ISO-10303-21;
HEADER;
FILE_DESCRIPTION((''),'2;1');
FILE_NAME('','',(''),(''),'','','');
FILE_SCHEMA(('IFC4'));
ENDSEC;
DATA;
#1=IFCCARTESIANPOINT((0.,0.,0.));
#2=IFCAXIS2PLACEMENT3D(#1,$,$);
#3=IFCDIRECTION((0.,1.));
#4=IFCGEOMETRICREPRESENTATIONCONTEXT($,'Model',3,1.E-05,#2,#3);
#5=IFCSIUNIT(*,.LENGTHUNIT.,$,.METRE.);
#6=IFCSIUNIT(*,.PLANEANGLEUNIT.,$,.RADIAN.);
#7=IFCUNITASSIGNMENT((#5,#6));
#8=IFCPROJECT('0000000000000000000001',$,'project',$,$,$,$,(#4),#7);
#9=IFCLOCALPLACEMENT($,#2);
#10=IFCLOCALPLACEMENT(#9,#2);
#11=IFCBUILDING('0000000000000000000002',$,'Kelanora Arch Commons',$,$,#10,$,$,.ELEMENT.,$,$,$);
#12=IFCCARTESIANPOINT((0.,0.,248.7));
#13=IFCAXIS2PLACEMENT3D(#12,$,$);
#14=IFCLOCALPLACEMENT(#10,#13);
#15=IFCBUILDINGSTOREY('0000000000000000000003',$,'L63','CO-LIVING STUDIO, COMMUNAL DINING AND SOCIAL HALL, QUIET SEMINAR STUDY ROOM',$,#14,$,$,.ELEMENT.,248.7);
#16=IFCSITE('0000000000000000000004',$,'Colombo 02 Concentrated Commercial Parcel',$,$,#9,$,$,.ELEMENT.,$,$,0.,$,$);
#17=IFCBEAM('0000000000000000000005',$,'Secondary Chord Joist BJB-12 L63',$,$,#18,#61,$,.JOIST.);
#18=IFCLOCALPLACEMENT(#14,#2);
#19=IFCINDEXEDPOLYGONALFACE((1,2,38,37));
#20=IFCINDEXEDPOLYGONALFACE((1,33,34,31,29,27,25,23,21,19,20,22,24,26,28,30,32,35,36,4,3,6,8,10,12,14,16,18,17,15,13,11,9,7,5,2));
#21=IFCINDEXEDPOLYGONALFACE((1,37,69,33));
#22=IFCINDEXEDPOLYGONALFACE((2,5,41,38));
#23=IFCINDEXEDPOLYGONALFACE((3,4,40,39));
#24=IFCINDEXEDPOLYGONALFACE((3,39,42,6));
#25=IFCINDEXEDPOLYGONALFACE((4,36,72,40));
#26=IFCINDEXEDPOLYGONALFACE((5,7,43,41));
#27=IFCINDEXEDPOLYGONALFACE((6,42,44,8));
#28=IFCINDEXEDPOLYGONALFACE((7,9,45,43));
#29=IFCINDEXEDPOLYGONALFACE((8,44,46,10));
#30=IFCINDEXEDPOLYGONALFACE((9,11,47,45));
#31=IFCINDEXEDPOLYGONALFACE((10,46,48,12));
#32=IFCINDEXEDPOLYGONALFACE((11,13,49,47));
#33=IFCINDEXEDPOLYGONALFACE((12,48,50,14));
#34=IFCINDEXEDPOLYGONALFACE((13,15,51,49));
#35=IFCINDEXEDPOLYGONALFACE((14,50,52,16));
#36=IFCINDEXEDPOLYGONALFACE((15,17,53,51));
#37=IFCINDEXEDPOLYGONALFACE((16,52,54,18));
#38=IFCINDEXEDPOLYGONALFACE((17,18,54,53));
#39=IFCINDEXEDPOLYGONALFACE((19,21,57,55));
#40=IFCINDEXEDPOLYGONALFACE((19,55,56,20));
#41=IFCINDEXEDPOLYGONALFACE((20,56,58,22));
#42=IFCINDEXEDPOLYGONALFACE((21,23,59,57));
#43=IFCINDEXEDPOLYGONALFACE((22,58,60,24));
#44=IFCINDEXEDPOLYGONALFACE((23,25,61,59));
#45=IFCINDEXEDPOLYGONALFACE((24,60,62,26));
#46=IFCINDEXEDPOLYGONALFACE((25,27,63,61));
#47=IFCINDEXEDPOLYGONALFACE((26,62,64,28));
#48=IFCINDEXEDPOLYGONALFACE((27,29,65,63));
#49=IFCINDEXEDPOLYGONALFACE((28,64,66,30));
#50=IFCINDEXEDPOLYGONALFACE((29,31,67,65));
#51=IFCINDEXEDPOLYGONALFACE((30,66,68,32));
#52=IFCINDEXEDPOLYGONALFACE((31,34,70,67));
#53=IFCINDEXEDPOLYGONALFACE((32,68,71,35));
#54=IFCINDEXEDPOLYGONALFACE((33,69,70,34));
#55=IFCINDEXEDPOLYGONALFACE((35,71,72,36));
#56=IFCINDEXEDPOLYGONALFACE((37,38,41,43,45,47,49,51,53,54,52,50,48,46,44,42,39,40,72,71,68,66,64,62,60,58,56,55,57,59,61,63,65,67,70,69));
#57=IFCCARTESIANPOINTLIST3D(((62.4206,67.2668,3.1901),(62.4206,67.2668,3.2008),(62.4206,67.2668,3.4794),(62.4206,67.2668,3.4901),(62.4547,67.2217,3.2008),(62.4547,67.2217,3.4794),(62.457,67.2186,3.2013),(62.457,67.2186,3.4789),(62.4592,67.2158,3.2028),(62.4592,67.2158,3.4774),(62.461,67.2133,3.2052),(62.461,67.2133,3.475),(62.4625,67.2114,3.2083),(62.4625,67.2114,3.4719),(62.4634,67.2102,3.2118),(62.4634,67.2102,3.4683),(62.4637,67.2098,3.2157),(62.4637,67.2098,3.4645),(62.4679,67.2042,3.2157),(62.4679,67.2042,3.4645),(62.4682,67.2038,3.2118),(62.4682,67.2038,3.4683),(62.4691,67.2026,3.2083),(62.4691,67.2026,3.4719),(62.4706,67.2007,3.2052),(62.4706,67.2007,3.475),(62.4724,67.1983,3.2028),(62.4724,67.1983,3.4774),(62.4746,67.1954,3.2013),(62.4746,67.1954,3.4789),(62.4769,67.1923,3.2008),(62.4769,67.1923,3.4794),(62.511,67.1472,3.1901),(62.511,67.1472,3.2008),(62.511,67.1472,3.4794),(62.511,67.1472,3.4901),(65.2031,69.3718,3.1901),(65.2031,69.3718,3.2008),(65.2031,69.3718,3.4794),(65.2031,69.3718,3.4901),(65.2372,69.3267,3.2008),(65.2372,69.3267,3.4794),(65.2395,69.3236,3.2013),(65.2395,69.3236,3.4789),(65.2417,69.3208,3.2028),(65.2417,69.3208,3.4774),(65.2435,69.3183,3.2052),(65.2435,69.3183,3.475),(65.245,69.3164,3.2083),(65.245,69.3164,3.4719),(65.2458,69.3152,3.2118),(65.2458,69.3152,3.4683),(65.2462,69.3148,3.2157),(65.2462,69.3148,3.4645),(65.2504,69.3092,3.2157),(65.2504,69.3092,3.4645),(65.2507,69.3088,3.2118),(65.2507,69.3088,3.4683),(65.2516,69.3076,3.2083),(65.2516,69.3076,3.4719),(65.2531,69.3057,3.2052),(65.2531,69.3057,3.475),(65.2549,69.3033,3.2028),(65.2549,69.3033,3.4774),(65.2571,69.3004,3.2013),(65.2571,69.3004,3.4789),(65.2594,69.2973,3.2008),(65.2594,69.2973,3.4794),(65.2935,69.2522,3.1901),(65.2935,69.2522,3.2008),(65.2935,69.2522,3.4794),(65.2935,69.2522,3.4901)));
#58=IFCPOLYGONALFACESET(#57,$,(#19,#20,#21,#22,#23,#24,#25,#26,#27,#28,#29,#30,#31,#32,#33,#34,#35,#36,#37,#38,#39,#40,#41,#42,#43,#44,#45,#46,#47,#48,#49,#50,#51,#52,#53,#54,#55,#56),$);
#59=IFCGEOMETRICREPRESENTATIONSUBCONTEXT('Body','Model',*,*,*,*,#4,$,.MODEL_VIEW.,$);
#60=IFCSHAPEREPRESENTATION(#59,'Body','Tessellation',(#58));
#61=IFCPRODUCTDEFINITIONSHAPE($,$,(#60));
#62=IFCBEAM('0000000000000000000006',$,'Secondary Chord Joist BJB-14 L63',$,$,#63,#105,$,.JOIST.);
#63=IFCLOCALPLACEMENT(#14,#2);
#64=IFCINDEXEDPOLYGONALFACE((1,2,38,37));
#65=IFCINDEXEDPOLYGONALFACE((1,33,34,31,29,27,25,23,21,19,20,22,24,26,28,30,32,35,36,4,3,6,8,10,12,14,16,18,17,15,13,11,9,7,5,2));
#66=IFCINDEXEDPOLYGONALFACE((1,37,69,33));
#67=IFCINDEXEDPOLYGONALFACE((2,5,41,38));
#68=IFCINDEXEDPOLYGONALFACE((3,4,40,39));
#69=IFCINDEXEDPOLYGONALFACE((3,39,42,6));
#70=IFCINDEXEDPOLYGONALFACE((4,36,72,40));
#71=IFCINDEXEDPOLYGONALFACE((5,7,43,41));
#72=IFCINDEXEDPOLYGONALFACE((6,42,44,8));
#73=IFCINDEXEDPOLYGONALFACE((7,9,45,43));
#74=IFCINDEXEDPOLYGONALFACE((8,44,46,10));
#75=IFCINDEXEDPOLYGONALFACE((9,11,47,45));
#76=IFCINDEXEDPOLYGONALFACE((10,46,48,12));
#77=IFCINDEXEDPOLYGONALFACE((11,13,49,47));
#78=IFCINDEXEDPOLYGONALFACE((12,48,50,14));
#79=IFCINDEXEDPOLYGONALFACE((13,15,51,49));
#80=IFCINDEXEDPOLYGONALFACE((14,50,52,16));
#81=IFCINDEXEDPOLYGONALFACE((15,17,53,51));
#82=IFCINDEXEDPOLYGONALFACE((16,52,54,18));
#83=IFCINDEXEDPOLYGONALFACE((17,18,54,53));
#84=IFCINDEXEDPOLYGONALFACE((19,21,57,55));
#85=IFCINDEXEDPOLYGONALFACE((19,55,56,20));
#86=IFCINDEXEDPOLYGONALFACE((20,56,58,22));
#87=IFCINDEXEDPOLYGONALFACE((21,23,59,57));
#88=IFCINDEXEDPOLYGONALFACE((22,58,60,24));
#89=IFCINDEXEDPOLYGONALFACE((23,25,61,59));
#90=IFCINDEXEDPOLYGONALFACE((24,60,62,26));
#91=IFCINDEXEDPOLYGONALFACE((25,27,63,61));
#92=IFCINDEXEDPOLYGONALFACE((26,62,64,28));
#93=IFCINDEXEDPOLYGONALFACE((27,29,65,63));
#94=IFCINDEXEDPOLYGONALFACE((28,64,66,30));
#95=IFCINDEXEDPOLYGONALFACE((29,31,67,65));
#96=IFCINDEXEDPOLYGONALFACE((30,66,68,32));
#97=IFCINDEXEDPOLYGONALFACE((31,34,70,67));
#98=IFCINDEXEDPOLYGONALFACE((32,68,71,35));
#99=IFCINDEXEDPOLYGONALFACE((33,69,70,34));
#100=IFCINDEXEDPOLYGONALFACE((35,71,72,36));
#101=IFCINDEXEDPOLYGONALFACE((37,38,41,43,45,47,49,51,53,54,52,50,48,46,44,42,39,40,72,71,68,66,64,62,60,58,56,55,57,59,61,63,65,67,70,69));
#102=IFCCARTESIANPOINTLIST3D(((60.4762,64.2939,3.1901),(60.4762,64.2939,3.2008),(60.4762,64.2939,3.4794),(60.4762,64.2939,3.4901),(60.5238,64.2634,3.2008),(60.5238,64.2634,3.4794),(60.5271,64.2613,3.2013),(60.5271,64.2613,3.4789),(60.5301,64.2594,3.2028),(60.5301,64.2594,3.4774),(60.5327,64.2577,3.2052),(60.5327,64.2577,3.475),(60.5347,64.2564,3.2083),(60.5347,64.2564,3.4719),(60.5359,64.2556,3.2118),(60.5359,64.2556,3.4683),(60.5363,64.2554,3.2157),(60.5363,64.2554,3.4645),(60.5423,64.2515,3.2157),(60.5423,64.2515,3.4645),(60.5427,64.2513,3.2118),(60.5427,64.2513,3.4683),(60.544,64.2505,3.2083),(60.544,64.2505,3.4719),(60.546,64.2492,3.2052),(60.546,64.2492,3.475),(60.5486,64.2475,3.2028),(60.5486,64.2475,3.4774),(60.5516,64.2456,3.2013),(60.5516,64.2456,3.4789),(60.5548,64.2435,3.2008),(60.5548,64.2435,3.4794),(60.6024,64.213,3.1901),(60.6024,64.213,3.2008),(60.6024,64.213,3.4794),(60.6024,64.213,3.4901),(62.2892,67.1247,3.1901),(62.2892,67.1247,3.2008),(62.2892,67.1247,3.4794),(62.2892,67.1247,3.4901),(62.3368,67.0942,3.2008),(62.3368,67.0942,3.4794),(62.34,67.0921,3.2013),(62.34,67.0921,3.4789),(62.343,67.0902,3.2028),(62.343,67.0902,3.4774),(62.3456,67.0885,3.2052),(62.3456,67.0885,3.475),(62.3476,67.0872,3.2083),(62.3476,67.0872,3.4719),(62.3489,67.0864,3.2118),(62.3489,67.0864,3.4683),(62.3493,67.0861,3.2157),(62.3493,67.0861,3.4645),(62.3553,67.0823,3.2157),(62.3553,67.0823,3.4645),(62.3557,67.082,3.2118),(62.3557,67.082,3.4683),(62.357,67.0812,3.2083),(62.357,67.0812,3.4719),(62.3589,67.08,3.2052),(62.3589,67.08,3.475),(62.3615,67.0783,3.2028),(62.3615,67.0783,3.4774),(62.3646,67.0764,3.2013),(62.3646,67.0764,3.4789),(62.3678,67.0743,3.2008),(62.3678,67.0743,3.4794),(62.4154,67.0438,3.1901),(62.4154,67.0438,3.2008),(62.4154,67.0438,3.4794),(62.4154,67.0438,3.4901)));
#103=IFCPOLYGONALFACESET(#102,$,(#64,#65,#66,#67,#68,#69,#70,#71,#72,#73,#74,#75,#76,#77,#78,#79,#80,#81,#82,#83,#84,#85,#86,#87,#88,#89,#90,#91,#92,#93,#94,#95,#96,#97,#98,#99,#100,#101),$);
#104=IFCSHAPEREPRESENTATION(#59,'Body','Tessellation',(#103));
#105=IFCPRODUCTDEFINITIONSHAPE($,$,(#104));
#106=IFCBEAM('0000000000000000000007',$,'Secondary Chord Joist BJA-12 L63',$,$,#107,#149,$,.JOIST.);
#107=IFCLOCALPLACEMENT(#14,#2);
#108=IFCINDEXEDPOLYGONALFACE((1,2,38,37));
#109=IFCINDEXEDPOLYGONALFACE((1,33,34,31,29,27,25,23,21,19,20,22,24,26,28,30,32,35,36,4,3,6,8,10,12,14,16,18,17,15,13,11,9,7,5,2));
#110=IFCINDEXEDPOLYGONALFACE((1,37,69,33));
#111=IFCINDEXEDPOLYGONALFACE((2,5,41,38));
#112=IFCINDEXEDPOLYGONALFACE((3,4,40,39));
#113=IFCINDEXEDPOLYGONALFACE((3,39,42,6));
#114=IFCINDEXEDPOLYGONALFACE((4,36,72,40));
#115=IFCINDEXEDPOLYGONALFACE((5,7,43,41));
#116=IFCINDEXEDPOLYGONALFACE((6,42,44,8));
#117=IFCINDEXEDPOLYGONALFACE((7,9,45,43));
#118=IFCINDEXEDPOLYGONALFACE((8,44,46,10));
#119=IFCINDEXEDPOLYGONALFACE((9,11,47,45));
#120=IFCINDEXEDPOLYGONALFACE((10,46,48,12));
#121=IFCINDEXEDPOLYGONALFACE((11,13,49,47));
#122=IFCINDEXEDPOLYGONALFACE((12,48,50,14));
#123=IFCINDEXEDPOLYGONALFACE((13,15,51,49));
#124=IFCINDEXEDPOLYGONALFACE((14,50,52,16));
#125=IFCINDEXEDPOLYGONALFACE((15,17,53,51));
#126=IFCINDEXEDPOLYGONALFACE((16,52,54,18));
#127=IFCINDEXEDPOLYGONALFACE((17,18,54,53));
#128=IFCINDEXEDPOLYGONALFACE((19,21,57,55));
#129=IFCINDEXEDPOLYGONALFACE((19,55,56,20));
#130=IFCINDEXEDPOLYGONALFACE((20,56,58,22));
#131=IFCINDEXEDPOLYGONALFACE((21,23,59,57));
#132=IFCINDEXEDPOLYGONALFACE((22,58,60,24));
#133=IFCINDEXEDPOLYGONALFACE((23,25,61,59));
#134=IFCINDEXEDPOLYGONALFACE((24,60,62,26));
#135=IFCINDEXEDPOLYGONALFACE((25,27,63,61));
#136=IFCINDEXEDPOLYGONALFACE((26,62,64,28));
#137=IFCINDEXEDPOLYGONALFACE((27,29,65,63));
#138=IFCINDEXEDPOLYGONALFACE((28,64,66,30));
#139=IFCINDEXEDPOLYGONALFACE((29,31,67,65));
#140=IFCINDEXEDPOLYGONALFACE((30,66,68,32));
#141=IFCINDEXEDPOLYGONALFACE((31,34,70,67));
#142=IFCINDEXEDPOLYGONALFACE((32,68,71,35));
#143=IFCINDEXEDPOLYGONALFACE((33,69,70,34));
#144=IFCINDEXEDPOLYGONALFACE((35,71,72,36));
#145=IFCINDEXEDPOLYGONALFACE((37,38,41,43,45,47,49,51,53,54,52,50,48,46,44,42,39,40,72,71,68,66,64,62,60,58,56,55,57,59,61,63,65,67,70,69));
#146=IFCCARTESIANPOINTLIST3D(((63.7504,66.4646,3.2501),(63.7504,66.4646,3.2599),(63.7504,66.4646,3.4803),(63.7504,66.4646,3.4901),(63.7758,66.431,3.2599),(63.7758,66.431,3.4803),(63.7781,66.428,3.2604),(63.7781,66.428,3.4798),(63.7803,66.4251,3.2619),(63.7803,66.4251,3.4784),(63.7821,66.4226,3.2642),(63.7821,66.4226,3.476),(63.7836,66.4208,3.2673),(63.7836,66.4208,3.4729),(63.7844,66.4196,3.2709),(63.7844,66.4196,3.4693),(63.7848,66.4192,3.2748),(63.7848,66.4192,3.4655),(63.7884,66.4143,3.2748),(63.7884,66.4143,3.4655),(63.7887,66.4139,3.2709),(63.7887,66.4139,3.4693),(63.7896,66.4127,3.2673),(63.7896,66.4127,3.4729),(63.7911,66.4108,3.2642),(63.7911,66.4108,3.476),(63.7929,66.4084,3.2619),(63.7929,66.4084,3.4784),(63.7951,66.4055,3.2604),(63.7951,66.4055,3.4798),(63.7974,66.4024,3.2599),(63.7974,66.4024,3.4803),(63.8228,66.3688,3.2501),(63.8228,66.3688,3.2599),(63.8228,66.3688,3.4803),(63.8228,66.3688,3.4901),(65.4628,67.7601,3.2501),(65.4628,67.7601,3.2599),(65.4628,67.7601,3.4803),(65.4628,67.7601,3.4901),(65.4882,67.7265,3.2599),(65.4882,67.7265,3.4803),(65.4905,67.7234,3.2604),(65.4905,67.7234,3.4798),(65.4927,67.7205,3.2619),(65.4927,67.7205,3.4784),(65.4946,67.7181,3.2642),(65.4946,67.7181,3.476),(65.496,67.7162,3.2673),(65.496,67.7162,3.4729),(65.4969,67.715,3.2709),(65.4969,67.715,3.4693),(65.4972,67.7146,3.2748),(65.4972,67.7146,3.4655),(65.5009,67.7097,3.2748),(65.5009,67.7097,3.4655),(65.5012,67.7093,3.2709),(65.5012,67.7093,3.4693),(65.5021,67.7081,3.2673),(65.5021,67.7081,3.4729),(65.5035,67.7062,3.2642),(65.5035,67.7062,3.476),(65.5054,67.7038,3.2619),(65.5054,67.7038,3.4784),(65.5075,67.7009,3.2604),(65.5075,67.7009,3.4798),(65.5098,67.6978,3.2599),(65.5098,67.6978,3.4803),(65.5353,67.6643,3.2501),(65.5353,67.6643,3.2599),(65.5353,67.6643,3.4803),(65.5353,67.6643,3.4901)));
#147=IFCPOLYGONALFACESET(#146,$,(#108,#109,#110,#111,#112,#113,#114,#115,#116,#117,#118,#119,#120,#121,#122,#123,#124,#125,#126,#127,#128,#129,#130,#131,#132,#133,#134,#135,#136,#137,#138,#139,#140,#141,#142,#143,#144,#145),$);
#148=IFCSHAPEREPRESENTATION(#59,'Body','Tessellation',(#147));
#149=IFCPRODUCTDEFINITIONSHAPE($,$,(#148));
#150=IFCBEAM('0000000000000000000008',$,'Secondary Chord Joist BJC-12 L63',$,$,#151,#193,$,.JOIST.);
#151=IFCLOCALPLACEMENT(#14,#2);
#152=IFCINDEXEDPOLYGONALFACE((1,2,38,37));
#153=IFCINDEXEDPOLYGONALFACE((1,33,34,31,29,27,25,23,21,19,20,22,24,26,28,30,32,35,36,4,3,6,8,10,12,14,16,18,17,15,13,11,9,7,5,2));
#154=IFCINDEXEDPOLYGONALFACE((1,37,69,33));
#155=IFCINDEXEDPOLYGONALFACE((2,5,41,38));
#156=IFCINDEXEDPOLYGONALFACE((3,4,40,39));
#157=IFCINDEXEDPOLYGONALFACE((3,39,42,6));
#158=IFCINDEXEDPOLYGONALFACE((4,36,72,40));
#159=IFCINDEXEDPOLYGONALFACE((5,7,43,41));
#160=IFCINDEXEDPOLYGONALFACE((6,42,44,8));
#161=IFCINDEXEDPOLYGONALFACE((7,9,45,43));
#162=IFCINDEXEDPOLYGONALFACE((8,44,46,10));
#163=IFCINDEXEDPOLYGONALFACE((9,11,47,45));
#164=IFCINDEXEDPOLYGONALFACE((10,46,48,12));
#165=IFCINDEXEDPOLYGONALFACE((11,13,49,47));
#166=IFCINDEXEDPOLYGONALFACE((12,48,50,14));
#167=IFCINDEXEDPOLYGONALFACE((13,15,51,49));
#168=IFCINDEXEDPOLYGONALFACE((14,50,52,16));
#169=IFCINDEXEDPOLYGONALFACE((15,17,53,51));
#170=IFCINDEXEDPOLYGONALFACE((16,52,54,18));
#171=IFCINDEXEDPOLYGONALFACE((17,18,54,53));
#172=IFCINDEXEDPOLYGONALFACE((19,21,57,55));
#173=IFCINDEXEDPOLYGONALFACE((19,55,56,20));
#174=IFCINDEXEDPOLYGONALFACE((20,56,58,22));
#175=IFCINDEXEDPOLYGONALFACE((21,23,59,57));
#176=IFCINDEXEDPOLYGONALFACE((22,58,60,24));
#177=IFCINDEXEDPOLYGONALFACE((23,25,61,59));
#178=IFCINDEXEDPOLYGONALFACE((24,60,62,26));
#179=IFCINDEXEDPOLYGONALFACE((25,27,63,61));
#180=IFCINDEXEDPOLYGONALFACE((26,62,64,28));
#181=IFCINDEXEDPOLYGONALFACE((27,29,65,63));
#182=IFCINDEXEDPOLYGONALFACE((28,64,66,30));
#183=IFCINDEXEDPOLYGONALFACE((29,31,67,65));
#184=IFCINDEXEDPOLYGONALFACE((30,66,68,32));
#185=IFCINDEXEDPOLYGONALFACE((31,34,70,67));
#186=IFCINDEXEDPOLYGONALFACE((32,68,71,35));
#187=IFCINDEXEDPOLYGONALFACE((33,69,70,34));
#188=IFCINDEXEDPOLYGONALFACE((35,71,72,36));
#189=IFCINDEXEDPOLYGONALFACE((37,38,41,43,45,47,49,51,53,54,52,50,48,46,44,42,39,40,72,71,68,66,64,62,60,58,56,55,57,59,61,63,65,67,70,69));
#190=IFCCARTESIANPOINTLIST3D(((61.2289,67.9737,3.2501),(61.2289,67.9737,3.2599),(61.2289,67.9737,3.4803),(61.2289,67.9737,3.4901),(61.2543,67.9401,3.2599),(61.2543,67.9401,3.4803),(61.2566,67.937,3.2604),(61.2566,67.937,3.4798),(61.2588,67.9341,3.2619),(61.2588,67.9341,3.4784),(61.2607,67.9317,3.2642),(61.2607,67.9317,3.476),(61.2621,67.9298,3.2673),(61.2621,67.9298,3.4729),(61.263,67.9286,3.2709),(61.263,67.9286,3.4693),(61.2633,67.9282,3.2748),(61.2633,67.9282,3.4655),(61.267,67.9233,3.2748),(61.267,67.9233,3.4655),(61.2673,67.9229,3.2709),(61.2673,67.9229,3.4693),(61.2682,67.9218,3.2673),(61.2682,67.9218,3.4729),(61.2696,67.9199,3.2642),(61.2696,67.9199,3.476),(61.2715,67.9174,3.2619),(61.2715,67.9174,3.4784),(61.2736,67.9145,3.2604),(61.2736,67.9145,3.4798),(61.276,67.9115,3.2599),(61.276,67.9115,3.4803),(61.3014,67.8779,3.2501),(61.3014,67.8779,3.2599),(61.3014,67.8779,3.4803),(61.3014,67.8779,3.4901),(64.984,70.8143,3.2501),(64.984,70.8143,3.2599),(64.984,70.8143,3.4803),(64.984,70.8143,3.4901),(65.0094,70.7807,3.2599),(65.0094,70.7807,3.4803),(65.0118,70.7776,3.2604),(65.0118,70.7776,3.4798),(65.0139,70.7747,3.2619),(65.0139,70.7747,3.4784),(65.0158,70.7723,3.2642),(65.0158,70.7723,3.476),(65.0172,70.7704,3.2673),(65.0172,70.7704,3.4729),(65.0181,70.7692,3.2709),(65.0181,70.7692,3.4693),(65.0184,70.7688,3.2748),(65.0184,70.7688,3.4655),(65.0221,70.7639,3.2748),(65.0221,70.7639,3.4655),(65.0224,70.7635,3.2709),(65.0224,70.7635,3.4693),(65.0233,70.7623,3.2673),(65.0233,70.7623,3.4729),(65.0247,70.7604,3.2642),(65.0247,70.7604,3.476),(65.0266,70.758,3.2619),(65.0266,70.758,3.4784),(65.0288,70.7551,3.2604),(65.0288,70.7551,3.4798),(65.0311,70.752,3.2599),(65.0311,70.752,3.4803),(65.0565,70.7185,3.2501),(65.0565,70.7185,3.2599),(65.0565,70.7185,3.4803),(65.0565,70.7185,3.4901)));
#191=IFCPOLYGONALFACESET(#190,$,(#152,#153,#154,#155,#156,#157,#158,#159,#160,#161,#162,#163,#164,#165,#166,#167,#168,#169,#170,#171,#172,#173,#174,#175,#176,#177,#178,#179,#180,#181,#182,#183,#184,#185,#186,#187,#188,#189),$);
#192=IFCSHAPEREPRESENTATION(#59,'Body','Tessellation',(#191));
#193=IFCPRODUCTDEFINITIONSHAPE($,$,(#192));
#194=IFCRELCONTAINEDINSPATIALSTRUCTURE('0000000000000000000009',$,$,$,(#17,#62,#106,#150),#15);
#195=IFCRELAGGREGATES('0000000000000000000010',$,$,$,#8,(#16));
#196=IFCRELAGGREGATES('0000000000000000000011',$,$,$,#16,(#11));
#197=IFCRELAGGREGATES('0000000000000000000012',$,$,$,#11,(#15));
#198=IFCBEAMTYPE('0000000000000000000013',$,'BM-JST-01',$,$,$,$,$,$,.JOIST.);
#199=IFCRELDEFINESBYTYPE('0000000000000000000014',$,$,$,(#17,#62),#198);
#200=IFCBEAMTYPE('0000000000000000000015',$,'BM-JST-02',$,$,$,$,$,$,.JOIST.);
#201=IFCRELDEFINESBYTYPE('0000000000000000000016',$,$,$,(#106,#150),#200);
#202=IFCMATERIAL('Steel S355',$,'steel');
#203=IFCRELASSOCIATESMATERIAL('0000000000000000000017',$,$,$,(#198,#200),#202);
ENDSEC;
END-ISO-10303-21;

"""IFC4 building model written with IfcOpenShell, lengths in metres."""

from ifc_helpers import new_model, si_unit, direction, frame, origin, origin_2d, place, context, subcontext, project, spatial, i_section, extrude, material, material_profile, profile_set, type_object, element, save


model = new_model("IFC4")

# Units and contexts
model_context = context("Model", 3, precision=1e-05, world=origin(), true_north=direction((0.0, 1.0)))
body_context = subcontext(model_context, "Body", "Model", "MODEL_VIEW")
ifc_project = project(units=[si_unit("LENGTHUNIT", "METRE"), si_unit("PLANEANGLEUNIT", "RADIAN")], contexts=[model_context])

# Site, building, storey
site_placement = place(None, origin())
site = spatial("IfcSite", under=ifc_project, at=site_placement, Name="Colombo 02 Concentrated Commercial Parcel", CompositionType="ELEMENT", RefElevation=0.0)
building_placement = place(site_placement, origin())
building = spatial("IfcBuilding", under=site, at=building_placement, Name="Kelanora Arch Commons", CompositionType="ELEMENT")
storey_placement = place(building_placement, frame((0.0, 0.0, 248.7)))
storey = spatial("IfcBuildingStorey", under=building, at=storey_placement, Name="L63", Description="CO-LIVING STUDIO, COMMUNAL DINING AND SOCIAL HALL, QUIET SEMINAR STUDY ROOM", CompositionType="ELEMENT", Elevation=248.7)

# Beams
ifc_material_1 = material(Name="Steel S355", Category="steel")
ifc_material_profile_1 = material_profile(ifc_material_1, i_section(OverallWidth=0.1499, OverallDepth=0.3, WebThickness=0.0071, FlangeThickness=0.0107, FilletRadius=0.0149, at=origin_2d()), Name="IPE300")
ifc_profile_set_1 = profile_set([ifc_material_profile_1], Name="Steel S355")
beam_type_1 = type_object("IfcBeamType", Name="BM-JST-01", PredefinedType="JOIST", material=ifc_profile_set_1)
beam_1_placement = place(storey_placement, frame((65.2483, 69.312, 3.3401), z_axis=(-0.797499, -0.60332, 0.0), x_axis=(0.60332, -0.797499, 0.0)))
element("IfcBeam", 1, at=beam_1_placement, inside=storey, type_object=beam_type_1, Name="Secondary Chord Joist BJB-12 L63", PredefinedType="JOIST", context=body_context, shape_type="SweptSolid", body=[
    extrude(i_section(OverallWidth=0.1499, OverallDepth=0.3, WebThickness=0.0071, FlangeThickness=0.0107, FilletRadius=0.0149, at=origin_2d()), origin(), (0.0, 0.0, 1.0), 3.489),
])
beam_2_placement = place(storey_placement, frame((62.3523, 67.0842, 3.3401), z_axis=(-0.539322, -0.8421, 0.0), x_axis=(0.8421, -0.539322, 0.0)))
element("IfcBeam", 2, at=beam_2_placement, inside=storey, type_object=beam_type_1, Name="Secondary Chord Joist BJB-14 L63", PredefinedType="JOIST", context=body_context, shape_type="SweptSolid", body=[
    extrude(i_section(OverallWidth=0.1499, OverallDepth=0.3, WebThickness=0.0071, FlangeThickness=0.0107, FilletRadius=0.0149, at=origin_2d()), origin(), (0.0, 0.0, 1.0), 3.3616),
])
ifc_material_profile_2 = material_profile(ifc_material_1, i_section(OverallWidth=0.1201, OverallDepth=0.24, WebThickness=0.0061, FlangeThickness=0.0098, FilletRadius=0.0149, at=origin_2d()), Name="IPE240")
ifc_profile_set_2 = profile_set([ifc_material_profile_2], Name="Steel S355")
beam_type_2 = type_object("IfcBeamType", Name="BM-JST-02", PredefinedType="JOIST", material=ifc_profile_set_2)
beam_3_placement = place(storey_placement, frame((65.499, 67.7122, 3.3701), z_axis=(-0.79751, -0.603306, 0.0), x_axis=(0.603306, -0.79751, 0.0)))
element("IfcBeam", 3, at=beam_3_placement, inside=storey, type_object=beam_type_2, Name="Secondary Chord Joist BJA-12 L63", PredefinedType="JOIST", context=body_context, shape_type="SweptSolid", body=[
    extrude(i_section(OverallWidth=0.1201, OverallDepth=0.24, WebThickness=0.0061, FlangeThickness=0.0098, FilletRadius=0.0149, at=origin_2d()), origin(), (0.0, 0.0, 1.0), 2.1472),
])
beam_4_placement = place(storey_placement, frame((65.0203, 70.7664, 3.3701), z_axis=(-0.797523, -0.603289, 0.0), x_axis=(0.603289, -0.797523, 0.0)))
element("IfcBeam", 4, at=beam_4_placement, inside=storey, type_object=beam_type_2, Name="Secondary Chord Joist BJC-12 L63", PredefinedType="JOIST", context=body_context, shape_type="SweptSolid", body=[
    extrude(i_section(OverallWidth=0.1201, OverallDepth=0.24, WebThickness=0.0061, FlangeThickness=0.0098, FilletRadius=0.0149, at=origin_2d()), origin(), (0.0, 0.0, 1.0), 4.7085),
])

save(model, "model.ifc")
